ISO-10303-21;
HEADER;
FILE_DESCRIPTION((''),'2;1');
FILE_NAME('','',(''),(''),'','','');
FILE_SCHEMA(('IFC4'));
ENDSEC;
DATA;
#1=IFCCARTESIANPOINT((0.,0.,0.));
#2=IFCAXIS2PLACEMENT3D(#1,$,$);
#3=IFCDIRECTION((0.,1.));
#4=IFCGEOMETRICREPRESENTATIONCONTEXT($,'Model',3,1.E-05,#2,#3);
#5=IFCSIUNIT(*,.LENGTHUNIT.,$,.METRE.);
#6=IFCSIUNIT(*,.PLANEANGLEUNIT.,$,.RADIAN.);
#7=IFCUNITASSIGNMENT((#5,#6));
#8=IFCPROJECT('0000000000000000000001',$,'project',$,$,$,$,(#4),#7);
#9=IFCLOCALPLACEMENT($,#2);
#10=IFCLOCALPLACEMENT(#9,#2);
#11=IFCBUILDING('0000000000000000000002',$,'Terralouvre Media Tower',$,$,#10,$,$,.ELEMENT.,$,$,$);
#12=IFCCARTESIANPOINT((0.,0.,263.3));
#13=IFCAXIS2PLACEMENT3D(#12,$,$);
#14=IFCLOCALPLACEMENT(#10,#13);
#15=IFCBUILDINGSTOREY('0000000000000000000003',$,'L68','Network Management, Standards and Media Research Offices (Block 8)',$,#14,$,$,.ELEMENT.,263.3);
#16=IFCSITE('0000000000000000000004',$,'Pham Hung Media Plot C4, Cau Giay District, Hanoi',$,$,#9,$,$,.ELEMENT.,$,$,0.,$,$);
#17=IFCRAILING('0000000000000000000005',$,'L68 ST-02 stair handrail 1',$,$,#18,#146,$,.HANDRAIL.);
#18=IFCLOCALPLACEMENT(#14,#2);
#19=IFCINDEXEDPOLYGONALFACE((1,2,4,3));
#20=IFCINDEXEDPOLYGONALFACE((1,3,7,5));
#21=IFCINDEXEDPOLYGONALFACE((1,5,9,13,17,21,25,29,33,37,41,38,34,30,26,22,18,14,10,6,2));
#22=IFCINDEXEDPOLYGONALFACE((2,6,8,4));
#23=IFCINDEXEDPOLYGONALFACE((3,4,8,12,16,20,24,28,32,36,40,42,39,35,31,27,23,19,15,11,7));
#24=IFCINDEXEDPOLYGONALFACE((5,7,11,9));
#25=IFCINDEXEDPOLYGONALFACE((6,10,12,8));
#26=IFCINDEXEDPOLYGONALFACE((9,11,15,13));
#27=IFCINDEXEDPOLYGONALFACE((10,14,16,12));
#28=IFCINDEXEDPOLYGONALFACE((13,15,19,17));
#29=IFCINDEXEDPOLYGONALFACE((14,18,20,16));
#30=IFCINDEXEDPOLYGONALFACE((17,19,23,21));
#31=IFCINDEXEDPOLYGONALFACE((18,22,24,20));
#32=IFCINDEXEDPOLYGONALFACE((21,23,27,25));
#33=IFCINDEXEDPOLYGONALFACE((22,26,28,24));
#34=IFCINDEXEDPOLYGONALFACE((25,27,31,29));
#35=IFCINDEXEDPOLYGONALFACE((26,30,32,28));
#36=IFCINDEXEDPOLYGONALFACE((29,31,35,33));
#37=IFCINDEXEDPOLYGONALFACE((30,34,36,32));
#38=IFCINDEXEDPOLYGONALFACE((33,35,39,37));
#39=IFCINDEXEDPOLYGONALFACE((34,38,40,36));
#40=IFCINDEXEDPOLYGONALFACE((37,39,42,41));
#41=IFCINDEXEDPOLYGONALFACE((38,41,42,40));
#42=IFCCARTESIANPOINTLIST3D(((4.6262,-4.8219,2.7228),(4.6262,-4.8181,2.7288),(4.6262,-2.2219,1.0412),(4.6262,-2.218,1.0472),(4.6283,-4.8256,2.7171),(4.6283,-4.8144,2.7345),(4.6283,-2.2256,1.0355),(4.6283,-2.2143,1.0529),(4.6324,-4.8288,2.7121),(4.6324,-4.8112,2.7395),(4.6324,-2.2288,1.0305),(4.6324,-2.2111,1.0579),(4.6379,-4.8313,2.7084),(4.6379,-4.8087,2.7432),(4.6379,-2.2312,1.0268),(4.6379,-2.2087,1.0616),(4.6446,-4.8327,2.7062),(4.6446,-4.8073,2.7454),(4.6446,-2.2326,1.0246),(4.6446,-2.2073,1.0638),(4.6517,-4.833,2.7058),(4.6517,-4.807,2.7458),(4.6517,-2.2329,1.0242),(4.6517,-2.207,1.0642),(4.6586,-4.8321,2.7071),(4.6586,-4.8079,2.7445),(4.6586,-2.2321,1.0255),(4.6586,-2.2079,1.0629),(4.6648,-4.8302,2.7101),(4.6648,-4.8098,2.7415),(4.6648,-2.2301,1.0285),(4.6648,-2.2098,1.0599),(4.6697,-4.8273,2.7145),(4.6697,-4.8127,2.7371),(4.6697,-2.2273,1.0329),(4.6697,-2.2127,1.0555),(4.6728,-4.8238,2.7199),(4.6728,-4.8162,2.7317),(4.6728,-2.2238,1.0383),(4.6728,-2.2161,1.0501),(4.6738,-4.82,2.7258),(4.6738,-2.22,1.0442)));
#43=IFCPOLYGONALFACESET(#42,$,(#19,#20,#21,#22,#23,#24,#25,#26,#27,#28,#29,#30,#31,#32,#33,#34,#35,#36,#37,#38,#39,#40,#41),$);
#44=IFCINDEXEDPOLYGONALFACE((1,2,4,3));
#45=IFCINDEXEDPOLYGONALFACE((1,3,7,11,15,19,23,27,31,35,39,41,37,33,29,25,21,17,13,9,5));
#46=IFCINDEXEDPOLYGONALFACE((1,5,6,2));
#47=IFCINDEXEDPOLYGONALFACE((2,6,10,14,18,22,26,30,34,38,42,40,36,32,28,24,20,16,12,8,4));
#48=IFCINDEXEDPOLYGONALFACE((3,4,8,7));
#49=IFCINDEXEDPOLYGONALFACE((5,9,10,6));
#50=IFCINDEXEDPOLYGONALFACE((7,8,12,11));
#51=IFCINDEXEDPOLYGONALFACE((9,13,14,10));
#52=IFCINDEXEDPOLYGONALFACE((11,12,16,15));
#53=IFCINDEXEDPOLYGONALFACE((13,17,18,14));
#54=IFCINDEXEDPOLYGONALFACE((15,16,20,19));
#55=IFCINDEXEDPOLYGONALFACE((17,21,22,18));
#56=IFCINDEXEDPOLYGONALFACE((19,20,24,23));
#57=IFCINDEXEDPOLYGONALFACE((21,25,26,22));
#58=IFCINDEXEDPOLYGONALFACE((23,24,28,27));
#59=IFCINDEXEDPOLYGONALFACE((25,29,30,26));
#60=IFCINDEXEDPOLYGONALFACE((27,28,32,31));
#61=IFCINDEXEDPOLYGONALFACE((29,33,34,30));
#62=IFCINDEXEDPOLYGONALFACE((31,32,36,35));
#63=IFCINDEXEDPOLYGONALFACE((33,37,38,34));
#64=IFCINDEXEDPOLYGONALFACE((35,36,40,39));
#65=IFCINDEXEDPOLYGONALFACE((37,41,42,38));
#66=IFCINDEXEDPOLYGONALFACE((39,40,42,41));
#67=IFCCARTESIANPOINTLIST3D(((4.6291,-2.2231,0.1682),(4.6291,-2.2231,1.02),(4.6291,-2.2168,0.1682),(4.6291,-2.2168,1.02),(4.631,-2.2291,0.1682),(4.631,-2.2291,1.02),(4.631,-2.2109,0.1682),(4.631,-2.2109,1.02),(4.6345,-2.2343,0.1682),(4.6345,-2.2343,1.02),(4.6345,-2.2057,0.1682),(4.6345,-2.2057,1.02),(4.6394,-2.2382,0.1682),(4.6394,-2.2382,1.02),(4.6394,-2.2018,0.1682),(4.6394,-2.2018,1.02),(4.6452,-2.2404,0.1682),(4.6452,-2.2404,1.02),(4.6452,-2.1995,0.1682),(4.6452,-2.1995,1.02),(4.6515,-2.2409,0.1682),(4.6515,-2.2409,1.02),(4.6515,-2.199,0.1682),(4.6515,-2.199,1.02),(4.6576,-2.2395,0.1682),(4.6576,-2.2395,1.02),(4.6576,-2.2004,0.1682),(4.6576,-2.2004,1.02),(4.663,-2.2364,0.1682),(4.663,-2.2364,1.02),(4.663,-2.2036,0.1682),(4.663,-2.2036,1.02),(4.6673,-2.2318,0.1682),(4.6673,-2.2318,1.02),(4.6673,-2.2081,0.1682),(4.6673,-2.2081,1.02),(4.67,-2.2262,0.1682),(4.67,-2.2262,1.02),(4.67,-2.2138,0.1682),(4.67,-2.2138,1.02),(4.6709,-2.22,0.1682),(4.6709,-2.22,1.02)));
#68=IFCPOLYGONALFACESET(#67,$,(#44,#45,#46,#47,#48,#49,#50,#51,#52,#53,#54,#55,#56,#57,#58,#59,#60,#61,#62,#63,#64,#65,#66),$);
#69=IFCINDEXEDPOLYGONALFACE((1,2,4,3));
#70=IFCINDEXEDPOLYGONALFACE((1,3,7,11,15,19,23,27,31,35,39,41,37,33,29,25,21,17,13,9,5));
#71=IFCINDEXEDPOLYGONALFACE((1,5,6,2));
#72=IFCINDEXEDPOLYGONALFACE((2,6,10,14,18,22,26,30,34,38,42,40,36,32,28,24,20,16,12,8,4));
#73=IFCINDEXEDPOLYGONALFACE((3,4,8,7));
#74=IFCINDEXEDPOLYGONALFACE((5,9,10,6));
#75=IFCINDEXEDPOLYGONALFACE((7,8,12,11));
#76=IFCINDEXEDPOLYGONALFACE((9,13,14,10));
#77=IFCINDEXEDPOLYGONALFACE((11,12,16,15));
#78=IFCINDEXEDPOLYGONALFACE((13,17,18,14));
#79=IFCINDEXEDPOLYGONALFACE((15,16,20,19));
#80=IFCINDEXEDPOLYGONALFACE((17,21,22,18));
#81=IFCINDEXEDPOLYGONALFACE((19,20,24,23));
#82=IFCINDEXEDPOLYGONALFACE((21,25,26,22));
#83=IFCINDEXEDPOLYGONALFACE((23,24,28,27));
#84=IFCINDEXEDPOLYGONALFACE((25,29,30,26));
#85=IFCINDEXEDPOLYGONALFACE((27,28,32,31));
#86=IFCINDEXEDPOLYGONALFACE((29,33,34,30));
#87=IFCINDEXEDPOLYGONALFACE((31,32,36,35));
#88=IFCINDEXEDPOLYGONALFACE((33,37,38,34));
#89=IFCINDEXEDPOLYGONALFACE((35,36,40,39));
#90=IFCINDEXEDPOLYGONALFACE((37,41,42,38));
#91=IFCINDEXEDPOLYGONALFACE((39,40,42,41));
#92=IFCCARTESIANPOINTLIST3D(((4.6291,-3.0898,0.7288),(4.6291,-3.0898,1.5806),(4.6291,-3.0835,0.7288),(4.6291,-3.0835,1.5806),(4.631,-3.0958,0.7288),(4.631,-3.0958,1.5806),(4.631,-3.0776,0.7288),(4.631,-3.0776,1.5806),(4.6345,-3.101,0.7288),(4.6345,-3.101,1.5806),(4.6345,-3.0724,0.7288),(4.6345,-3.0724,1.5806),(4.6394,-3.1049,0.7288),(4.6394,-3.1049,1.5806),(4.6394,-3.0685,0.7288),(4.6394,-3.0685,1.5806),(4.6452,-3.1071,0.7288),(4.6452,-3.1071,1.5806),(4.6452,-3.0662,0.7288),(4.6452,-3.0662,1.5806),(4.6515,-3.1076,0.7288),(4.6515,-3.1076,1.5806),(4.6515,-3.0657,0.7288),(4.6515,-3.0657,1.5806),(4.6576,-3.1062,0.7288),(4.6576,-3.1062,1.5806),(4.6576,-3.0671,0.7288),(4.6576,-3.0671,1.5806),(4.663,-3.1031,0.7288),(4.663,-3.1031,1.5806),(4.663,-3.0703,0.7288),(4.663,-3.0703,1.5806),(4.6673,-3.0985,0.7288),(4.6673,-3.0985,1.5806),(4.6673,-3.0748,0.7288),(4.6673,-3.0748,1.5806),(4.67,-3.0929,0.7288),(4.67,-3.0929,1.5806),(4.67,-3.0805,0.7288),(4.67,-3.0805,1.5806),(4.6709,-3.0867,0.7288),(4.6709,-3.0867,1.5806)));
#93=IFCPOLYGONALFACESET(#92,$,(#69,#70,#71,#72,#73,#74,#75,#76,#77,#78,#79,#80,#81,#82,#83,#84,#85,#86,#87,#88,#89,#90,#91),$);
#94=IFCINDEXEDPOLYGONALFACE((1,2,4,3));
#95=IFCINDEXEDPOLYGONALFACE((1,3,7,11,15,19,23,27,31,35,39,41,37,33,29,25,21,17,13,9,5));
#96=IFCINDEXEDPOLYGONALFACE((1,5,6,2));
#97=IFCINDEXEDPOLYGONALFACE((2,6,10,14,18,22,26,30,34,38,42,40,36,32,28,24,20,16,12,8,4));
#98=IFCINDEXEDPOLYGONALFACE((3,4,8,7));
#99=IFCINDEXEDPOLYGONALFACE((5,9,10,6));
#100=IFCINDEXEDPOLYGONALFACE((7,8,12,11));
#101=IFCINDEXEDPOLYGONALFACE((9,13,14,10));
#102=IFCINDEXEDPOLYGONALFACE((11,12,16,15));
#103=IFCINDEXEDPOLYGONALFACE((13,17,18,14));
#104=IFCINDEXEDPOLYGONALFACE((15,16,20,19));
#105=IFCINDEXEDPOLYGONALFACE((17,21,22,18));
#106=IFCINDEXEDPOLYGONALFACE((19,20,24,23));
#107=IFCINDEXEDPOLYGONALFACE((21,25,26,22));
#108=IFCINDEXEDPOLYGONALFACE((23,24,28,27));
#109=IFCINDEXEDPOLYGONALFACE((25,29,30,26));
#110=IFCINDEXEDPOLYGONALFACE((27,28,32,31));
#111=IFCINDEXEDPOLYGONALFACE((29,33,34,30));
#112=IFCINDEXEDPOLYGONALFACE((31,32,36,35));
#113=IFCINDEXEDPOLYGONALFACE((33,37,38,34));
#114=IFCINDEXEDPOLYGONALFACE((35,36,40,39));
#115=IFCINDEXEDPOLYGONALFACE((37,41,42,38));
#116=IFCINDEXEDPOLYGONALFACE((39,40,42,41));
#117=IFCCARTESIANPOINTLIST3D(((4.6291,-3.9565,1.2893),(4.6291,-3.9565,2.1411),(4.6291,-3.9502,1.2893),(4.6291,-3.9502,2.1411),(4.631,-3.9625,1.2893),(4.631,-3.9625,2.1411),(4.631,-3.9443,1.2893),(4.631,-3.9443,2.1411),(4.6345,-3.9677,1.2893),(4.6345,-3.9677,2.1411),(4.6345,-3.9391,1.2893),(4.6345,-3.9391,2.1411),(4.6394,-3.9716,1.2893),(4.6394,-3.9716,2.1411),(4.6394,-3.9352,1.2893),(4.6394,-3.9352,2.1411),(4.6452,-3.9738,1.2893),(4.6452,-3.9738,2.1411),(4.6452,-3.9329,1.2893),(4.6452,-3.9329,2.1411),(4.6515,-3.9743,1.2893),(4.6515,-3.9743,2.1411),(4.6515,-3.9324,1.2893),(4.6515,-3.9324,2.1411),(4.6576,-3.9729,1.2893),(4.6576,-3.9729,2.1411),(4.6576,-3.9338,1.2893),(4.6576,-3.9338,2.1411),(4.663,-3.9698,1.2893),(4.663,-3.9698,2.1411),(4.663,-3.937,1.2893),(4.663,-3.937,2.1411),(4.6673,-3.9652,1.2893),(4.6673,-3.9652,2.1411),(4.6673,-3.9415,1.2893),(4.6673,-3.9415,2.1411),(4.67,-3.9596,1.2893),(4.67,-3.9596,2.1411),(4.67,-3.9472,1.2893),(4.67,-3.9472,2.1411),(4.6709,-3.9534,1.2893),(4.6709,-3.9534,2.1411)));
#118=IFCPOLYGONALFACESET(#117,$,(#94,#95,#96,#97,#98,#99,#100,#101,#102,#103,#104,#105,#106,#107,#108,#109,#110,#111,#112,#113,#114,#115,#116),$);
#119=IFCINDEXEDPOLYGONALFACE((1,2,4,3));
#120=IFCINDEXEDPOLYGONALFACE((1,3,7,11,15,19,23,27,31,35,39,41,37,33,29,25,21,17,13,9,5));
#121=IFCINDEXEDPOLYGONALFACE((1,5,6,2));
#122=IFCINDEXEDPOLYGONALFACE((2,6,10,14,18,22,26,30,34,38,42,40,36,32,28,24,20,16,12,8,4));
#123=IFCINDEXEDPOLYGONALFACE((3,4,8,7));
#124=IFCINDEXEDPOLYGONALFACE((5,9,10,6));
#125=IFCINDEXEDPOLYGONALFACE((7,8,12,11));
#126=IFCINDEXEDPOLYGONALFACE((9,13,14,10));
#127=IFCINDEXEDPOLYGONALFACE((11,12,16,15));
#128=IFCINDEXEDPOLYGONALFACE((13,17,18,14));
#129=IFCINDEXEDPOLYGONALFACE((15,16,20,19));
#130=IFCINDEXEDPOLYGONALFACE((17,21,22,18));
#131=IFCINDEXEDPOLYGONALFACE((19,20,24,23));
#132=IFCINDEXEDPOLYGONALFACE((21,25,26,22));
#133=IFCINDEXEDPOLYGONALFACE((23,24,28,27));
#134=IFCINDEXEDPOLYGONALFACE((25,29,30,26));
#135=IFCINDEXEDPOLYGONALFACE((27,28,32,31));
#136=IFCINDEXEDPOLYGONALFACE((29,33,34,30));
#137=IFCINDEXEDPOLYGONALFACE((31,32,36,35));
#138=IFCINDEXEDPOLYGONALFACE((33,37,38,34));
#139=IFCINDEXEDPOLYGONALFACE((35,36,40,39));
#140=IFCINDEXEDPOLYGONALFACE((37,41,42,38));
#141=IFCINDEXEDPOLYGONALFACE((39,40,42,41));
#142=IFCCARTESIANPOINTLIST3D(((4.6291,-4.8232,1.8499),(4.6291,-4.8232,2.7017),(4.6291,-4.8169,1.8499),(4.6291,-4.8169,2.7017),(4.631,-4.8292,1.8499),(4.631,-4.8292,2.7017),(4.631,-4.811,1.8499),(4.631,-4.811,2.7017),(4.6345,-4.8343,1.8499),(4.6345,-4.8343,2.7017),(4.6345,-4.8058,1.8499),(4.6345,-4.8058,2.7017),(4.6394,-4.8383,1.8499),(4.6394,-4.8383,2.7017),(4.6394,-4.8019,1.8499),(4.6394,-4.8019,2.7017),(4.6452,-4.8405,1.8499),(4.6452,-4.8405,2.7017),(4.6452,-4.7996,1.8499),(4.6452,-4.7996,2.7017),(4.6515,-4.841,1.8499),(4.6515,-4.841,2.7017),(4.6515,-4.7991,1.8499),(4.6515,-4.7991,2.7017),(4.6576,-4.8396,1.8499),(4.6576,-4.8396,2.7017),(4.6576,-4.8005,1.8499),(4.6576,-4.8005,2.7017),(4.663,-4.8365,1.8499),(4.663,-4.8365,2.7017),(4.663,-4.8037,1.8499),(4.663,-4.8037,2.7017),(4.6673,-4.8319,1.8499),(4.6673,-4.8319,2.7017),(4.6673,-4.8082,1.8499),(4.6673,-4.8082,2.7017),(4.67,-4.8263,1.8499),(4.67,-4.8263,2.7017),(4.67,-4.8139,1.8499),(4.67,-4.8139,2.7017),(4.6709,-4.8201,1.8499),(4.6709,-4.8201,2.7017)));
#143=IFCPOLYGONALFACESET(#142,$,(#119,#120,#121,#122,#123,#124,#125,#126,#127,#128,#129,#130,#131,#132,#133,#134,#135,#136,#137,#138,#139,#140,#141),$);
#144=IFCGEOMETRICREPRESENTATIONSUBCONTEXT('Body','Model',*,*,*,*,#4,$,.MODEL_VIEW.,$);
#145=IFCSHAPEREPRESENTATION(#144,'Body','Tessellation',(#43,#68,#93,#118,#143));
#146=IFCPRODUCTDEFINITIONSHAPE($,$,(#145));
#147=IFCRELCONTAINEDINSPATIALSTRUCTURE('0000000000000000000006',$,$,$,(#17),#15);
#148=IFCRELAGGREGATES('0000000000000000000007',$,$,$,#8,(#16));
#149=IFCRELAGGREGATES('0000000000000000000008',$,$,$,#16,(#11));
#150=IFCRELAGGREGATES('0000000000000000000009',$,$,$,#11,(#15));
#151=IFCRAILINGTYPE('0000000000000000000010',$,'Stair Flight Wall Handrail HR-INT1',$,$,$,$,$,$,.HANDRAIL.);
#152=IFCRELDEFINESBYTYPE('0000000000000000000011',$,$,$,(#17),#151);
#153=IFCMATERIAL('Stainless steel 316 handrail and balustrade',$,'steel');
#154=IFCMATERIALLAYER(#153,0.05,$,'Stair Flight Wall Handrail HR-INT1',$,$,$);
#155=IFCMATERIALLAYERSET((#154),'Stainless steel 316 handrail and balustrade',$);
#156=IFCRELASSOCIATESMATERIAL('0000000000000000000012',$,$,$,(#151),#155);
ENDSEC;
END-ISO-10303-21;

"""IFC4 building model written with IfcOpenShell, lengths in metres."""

from ifc_helpers import new_model, si_unit, direction, frame, origin, origin_2d, place, context, subcontext, project, spatial, circle, extrude, material, layer, layer_set, type_object, element, save


model = new_model("IFC4")

# Units and contexts
model_context = context("Model", 3, precision=1e-05, world=origin(), true_north=direction((0.0, 1.0)))
body_context = subcontext(model_context, "Body", "Model", "MODEL_VIEW")
ifc_project = project(units=[si_unit("LENGTHUNIT", "METRE"), si_unit("PLANEANGLEUNIT", "RADIAN")], contexts=[model_context])

# Site, building, storey
site_placement = place(None, origin())
site = spatial("IfcSite", under=ifc_project, at=site_placement, Name="Pham Hung Media Plot C4, Cau Giay District, Hanoi", CompositionType="ELEMENT", RefElevation=0.0)
building_placement = place(site_placement, origin())
building = spatial("IfcBuilding", under=site, at=building_placement, Name="Terralouvre Media Tower", CompositionType="ELEMENT")
storey_placement = place(building_placement, frame((0.0, 0.0, 263.3)))
storey = spatial("IfcBuildingStorey", under=building, at=storey_placement, Name="L68", Description="Network Management, Standards and Media Research Offices (Block 8)", CompositionType="ELEMENT", Elevation=263.3)

# Railing
ifc_material_1 = material(Name="Stainless steel 316 handrail and balustrade", Category="steel")
ifc_layer_1 = layer(ifc_material_1, 0.05, Name="Stair Flight Wall Handrail HR-INT1")
ifc_layer_set_1 = layer_set([ifc_layer_1], Name="Stainless steel 316 handrail and balustrade")
railing_type_1 = type_object("IfcRailingType", Name="Stair Flight Wall Handrail HR-INT1", PredefinedType="HANDRAIL", material=ifc_layer_set_1)
railing_1_placement = place(storey_placement, frame((4.6499, -2.22, 0.1682)))
element("IfcRailing", 1, at=railing_1_placement, inside=storey, type_object=railing_type_1, Name="L68 ST-02 stair handrail 1", PredefinedType="HANDRAIL", context=body_context, shape_type="SweptSolid", body=[
    extrude(circle(Radius=0.0239, at=origin_2d()), frame((0.0, 0.0, 0.876), z_axis=(0.0, -0.839684, 0.543075), x_axis=(1.0, 0.0, 0.0)), (0.0, 0.0, 1.0), 3.0964),
    extrude(circle(Radius=0.021, at=origin_2d()), origin(), (0.0, 0.0, 1.0), 0.8518),
    extrude(circle(Radius=0.021, at=origin_2d()), frame((0.0, -0.8667, 0.5605)), (0.0, 0.0, 1.0), 0.8518),
    extrude(circle(Radius=0.021, at=origin_2d()), frame((0.0, -1.7334, 1.1211)), (0.0, 0.0, 1.0), 0.8518),
    extrude(circle(Radius=0.021, at=origin_2d()), frame((0.0, -2.6001, 1.6816)), (0.0, 0.0, 1.0), 0.8518),
])

save(model, "model.ifc")
